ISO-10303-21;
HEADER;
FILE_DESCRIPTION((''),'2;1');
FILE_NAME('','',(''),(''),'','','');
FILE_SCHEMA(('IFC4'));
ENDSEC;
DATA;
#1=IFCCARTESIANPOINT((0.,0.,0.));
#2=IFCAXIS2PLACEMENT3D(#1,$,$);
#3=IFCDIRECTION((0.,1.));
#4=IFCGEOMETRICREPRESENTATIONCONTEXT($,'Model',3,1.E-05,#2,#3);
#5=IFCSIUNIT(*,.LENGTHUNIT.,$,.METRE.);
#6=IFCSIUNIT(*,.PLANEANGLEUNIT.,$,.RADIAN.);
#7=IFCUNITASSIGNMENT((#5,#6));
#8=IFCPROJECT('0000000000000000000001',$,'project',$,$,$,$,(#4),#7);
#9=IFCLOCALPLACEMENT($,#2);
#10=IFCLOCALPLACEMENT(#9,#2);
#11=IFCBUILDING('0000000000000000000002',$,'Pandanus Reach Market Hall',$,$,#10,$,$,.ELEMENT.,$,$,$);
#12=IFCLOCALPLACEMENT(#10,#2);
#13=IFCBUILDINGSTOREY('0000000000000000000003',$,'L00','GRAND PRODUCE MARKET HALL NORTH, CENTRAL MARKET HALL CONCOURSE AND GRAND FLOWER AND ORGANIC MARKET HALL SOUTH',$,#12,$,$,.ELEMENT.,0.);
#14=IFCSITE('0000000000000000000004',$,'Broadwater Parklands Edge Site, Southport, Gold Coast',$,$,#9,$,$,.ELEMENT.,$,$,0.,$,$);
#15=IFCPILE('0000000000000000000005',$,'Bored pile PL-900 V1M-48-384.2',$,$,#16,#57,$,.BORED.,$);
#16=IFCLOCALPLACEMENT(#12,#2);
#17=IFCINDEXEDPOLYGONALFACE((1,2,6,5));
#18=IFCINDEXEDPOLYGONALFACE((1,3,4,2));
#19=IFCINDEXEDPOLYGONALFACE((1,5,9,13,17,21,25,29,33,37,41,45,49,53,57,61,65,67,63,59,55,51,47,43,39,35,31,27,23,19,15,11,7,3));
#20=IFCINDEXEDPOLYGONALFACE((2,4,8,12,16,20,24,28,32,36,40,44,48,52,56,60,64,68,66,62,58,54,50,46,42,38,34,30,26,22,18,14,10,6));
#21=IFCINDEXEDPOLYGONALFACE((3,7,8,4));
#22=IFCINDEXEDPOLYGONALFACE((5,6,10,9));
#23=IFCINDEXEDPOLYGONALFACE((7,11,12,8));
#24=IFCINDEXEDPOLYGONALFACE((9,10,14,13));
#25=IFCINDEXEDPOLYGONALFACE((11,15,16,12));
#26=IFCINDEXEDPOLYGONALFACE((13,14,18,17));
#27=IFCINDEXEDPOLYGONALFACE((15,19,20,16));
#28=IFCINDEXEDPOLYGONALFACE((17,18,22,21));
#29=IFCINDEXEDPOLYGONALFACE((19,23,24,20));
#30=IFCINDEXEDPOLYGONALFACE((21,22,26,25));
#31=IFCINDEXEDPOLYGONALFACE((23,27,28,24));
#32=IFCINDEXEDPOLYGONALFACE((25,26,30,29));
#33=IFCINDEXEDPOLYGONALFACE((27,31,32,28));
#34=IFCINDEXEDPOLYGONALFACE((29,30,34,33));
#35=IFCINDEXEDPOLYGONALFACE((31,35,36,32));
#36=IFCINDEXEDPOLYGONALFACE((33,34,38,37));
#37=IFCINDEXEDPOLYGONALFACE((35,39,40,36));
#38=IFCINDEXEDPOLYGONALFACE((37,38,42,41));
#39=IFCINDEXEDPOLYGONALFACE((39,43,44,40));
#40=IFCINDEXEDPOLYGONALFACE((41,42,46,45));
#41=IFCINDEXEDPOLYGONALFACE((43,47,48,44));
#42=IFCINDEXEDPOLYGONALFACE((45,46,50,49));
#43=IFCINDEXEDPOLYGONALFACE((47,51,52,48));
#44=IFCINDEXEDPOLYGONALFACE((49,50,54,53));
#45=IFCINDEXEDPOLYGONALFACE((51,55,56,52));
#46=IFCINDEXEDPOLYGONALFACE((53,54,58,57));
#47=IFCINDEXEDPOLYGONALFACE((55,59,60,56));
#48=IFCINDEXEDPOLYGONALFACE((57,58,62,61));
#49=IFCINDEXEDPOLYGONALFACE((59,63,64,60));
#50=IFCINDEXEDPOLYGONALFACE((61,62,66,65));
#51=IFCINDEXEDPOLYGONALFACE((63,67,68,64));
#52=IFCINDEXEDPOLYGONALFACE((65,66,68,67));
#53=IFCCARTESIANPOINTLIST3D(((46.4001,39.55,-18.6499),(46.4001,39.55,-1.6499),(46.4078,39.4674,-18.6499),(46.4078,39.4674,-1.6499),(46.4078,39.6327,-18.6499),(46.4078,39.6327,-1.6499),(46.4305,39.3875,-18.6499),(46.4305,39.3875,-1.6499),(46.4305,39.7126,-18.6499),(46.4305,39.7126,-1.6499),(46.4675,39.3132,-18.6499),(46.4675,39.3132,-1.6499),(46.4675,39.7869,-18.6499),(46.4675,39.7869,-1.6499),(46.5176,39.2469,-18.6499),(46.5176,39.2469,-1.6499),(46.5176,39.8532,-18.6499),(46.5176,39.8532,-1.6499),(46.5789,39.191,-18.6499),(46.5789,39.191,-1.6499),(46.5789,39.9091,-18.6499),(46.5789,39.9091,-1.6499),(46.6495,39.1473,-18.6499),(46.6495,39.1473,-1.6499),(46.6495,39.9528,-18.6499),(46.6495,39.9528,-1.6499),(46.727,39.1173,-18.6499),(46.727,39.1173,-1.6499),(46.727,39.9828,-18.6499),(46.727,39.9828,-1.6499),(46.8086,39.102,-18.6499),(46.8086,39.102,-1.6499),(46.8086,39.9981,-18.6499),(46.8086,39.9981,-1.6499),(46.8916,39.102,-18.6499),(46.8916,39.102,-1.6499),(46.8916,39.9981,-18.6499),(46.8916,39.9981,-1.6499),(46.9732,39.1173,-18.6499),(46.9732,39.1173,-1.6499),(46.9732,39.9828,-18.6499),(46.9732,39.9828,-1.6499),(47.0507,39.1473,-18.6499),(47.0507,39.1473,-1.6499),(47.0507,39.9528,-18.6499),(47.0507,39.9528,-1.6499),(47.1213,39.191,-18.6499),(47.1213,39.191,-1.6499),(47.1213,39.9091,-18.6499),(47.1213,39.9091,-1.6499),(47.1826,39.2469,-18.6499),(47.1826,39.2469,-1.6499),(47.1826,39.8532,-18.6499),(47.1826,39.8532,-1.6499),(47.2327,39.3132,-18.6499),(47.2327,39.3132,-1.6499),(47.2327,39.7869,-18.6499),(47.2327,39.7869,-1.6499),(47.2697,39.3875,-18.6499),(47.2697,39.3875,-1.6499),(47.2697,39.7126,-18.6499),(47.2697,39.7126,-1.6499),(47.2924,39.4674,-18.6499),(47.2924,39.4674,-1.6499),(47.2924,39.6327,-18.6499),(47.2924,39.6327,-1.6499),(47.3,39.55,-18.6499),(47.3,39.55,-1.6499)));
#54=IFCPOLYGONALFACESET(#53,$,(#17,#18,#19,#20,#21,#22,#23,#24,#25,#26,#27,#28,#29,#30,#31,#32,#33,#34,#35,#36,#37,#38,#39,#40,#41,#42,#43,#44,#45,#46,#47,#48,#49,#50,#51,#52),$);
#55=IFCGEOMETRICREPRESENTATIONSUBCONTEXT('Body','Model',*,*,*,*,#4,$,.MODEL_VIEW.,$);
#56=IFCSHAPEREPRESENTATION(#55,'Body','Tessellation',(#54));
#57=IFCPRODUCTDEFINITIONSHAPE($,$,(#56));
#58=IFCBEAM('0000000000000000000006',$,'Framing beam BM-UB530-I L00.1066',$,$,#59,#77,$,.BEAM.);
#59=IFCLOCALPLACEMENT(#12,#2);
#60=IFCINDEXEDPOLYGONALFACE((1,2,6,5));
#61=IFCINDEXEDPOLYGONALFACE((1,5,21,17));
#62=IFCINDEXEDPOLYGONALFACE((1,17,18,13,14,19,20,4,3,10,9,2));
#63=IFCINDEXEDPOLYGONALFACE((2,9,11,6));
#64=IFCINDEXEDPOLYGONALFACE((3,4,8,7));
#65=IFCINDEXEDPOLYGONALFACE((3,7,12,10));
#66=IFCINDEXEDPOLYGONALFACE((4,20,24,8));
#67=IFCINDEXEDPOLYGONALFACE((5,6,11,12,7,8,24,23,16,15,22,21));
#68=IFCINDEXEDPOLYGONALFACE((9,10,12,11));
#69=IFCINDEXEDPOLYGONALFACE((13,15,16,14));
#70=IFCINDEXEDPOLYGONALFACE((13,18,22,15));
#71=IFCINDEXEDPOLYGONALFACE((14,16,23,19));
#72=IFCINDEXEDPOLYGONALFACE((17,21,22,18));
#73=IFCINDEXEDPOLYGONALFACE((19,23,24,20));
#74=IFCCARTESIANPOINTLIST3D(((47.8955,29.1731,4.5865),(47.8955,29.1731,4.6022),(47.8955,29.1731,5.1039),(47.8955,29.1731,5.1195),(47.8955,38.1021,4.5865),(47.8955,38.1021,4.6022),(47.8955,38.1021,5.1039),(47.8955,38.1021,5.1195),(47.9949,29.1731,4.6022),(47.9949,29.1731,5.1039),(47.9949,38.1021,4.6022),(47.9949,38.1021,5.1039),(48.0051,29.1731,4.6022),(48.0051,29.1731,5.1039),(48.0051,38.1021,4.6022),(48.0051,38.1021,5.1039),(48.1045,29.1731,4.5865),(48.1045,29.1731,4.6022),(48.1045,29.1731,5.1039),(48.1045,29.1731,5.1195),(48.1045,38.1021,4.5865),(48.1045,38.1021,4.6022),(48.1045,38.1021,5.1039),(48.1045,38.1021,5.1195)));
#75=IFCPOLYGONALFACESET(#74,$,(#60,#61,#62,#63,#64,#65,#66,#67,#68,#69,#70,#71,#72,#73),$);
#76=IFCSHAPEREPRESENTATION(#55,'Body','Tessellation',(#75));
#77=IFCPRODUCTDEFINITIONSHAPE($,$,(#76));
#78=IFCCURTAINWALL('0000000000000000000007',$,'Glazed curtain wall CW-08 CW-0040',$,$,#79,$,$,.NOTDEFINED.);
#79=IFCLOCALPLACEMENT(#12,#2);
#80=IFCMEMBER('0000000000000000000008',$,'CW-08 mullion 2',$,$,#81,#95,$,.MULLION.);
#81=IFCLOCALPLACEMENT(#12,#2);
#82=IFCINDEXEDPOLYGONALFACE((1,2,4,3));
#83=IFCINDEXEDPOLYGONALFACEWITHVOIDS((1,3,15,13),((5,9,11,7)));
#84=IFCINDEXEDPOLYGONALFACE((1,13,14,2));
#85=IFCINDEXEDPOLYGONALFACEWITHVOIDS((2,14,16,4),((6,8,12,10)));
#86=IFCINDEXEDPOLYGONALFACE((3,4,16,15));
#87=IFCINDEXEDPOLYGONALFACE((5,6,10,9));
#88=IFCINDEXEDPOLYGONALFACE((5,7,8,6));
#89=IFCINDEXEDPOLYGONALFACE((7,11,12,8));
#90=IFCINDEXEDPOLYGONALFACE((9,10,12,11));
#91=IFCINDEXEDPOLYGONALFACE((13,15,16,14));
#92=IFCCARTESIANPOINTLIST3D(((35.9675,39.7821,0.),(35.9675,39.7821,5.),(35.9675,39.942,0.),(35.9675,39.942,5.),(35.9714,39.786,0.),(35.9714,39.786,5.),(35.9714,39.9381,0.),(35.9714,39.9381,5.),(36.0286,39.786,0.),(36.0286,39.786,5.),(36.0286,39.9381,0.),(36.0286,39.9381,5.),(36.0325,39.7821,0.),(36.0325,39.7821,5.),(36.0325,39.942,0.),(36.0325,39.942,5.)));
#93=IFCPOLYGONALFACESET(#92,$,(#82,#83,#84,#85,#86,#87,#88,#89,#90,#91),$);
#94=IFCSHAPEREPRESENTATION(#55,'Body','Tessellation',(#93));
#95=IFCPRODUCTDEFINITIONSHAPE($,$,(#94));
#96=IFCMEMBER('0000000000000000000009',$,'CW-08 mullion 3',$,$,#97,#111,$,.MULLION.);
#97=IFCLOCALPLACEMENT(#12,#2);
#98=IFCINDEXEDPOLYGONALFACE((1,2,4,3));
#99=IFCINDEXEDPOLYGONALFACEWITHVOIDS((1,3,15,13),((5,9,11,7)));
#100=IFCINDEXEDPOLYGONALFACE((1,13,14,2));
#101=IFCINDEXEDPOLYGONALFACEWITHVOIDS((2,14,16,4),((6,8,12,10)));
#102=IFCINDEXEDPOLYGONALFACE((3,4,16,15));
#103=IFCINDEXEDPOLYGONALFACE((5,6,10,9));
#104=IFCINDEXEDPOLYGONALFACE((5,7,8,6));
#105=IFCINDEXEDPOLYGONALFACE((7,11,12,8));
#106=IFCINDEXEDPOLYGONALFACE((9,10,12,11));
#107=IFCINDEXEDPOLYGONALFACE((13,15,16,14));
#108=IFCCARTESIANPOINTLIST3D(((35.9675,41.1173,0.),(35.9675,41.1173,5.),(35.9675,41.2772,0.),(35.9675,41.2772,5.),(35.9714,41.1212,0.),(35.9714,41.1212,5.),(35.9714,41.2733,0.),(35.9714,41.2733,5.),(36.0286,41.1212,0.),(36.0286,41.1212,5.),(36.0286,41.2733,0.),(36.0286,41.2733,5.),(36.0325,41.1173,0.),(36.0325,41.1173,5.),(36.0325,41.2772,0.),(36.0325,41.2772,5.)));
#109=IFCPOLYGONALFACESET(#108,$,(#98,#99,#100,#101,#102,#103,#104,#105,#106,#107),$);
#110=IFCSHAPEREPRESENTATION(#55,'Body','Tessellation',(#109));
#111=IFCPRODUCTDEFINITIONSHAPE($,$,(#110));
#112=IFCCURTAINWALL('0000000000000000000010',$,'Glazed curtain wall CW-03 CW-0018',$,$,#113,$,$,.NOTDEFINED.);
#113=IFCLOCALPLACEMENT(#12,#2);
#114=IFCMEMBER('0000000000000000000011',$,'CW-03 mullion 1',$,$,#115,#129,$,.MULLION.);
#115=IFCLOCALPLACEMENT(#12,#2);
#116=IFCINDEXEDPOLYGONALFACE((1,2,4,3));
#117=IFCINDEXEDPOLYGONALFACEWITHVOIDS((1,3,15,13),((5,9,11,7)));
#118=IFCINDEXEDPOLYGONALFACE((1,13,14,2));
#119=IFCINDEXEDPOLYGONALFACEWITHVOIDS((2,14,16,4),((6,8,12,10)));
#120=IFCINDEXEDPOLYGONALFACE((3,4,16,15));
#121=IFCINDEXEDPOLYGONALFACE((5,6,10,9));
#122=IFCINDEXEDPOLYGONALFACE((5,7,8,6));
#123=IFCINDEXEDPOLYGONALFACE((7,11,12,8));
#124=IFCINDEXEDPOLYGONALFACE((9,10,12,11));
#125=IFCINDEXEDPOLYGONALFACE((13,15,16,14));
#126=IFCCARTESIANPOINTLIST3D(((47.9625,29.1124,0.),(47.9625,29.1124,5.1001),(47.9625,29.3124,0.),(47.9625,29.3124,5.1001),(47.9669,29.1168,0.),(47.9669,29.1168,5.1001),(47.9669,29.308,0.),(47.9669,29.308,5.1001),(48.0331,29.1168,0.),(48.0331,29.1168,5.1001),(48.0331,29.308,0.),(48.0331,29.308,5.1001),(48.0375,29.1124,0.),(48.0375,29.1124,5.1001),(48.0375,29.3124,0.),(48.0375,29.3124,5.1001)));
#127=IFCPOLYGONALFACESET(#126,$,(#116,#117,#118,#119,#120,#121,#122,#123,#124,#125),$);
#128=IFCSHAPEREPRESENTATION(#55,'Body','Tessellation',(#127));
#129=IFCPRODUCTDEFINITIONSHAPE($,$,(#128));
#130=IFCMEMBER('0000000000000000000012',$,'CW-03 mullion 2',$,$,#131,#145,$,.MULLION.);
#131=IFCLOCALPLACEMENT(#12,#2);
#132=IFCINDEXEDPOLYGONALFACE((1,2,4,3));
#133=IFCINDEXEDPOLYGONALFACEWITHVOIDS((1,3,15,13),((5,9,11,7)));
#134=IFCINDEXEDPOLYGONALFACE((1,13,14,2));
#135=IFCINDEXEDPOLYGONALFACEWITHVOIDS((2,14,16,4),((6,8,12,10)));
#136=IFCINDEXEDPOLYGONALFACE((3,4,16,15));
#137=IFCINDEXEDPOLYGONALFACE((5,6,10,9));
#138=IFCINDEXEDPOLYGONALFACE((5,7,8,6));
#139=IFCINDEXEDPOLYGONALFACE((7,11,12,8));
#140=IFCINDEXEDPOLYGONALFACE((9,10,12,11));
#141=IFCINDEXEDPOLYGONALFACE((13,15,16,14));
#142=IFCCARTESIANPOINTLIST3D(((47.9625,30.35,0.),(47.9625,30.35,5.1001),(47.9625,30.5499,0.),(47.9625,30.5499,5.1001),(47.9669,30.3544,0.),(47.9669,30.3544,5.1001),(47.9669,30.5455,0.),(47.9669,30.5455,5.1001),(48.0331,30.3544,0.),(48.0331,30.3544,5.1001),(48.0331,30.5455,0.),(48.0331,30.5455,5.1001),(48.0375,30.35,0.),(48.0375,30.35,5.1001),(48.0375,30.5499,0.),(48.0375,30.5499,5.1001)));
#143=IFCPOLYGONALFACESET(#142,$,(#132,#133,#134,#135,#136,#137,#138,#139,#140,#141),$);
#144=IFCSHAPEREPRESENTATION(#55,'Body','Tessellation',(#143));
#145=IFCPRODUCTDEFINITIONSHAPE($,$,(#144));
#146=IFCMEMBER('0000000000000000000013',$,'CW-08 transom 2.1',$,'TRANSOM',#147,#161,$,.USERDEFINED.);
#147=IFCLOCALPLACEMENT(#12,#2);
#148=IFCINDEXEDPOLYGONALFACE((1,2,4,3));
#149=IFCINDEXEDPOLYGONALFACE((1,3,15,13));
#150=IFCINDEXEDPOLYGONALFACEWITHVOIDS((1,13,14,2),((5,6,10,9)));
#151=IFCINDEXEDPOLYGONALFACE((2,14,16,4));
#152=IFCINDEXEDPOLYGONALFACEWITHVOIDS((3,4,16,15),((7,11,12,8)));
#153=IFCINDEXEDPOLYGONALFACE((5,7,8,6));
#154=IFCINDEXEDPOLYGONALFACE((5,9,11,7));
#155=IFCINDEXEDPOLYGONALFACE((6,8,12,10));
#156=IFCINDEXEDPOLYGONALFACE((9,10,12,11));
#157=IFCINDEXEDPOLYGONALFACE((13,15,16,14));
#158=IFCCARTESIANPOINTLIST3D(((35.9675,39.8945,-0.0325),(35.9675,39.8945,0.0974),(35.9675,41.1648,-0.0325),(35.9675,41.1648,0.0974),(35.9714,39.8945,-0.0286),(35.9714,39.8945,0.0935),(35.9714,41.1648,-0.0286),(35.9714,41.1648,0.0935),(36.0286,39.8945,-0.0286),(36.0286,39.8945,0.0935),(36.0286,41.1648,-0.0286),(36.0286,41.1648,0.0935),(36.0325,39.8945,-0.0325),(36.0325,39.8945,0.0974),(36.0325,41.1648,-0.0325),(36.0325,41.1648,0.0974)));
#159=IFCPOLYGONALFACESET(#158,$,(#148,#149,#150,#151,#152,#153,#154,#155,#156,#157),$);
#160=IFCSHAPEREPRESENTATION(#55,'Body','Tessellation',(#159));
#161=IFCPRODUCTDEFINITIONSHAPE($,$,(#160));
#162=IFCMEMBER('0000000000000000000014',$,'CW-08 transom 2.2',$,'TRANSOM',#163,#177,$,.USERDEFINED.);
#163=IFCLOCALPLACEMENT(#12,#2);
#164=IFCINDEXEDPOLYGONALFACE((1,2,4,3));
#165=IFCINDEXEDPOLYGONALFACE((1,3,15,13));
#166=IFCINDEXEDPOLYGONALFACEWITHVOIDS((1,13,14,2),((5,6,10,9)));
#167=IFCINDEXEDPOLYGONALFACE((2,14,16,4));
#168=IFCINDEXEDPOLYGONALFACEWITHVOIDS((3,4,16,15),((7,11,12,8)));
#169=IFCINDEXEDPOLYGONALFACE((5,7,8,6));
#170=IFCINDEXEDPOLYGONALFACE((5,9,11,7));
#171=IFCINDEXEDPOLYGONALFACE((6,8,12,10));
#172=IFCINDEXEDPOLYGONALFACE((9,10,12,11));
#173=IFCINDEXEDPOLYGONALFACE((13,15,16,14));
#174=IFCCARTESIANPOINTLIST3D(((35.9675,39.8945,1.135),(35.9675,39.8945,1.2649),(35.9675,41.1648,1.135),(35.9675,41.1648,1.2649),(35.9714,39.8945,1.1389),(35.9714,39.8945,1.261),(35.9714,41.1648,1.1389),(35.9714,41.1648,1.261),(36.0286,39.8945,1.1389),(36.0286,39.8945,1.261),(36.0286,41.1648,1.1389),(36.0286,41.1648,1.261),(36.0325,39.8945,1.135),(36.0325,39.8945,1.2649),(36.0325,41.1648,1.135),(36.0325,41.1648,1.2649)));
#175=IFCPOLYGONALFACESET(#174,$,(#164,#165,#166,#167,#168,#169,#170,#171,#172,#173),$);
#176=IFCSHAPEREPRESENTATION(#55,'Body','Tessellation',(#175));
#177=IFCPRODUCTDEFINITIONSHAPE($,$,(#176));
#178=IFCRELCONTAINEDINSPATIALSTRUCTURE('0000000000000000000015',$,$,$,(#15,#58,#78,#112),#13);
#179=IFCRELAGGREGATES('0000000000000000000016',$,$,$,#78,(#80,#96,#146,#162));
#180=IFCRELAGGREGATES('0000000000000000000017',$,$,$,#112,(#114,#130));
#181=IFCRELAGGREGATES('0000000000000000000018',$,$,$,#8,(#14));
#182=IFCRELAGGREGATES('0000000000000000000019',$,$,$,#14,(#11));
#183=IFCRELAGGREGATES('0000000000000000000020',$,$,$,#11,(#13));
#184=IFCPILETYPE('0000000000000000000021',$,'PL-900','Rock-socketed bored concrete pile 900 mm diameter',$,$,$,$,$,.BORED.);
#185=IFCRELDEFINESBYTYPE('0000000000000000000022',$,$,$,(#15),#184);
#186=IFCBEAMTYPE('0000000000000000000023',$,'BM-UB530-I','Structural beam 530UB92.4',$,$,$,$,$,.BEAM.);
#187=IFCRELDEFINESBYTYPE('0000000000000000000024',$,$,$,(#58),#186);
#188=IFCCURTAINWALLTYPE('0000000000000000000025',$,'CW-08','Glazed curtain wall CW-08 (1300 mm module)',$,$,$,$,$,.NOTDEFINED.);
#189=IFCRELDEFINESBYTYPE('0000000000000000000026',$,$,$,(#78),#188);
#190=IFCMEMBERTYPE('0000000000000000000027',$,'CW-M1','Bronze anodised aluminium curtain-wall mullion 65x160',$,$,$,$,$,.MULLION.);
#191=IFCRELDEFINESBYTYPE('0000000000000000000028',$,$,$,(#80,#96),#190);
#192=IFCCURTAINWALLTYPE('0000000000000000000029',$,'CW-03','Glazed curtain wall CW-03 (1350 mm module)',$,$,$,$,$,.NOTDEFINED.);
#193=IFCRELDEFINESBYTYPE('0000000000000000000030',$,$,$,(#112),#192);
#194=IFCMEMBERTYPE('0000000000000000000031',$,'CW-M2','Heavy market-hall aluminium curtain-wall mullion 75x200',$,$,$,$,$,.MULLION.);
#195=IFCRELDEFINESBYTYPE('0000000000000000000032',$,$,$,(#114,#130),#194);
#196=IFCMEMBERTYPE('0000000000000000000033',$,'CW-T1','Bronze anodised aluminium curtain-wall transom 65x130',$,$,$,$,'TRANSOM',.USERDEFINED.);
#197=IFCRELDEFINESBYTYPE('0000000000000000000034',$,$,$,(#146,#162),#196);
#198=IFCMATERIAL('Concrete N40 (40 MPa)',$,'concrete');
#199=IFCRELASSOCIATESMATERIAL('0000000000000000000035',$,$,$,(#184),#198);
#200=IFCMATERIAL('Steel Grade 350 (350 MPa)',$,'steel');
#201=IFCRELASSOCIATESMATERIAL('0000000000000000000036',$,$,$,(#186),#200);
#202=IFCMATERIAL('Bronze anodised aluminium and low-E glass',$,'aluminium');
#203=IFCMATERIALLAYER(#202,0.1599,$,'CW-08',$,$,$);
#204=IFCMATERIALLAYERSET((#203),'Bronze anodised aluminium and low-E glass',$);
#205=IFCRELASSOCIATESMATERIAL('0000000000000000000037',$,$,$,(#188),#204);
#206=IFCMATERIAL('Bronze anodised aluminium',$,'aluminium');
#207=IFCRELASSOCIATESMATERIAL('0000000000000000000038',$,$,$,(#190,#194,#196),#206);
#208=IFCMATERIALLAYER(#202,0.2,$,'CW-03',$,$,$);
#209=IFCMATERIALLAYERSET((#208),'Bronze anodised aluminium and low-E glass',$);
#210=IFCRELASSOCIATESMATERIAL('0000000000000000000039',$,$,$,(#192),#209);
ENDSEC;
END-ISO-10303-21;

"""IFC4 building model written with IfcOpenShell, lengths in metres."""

from ifc_helpers import new_model, si_unit, direction, frame, origin, origin_2d, place, context, subcontext, project, spatial, hollow_rectangle, circle, i_section, extrude, material, layer, layer_set, material_profile, profile_set, type_object, element, aggregate, save


model = new_model("IFC4")

# Units and contexts
model_context = context("Model", 3, precision=1e-05, world=origin(), true_north=direction((0.0, 1.0)))
body_context = subcontext(model_context, "Body", "Model", "MODEL_VIEW")
ifc_project = project(units=[si_unit("LENGTHUNIT", "METRE"), si_unit("PLANEANGLEUNIT", "RADIAN")], contexts=[model_context])

# Site, building, storey
site_placement = place(None, origin())
site = spatial("IfcSite", under=ifc_project, at=site_placement, Name="Broadwater Parklands Edge Site, Southport, Gold Coast", CompositionType="ELEMENT", RefElevation=0.0)
building_placement = place(site_placement, origin())
building = spatial("IfcBuilding", under=site, at=building_placement, Name="Pandanus Reach Market Hall", CompositionType="ELEMENT")
storey_placement = place(building_placement, origin())
storey = spatial("IfcBuildingStorey", under=building, at=storey_placement, Name="L00", Description="GRAND PRODUCE MARKET HALL NORTH, CENTRAL MARKET HALL CONCOURSE AND GRAND FLOWER AND ORGANIC MARKET HALL SOUTH", CompositionType="ELEMENT", Elevation=0.0)

# Pile
ifc_material_1 = material(Name="Concrete N40 (40 MPa)", Category="concrete")
ifc_material_profile_1 = material_profile(ifc_material_1, circle(Radius=0.45, at=origin_2d()), Name="PILE-900D", Category="LoadBearing")
ifc_profile_set_1 = profile_set([ifc_material_profile_1], Name="Concrete N40 (40 MPa)")
pile_type_1 = type_object("IfcPileType", Name="PL-900", Description="Rock-socketed bored concrete pile 900 mm diameter", PredefinedType="BORED", material=ifc_profile_set_1)
for number, where, z_axis, x_axis, name in (
    (1, (46.8501, 39.55, -1.6499), (0.0, 0.0, -1.0), (1.0, 0.0, 0.0), "Bored pile PL-900 V1M-48-384.2"),
):
    element("IfcPile", number, at=place(storey_placement, frame(where, z_axis=z_axis, x_axis=x_axis)), inside=storey, type_object=pile_type_1, Name=name, PredefinedType="BORED", context=body_context, shape_type="SweptSolid", body=[
        extrude(circle(Radius=0.45, at=origin_2d()), origin(), (0.0, 0.0, 1.0), 17.0),
    ])

# Beam
ifc_material_2 = material(Name="Steel Grade 350 (350 MPa)", Category="steel")
ifc_material_profile_2 = material_profile(ifc_material_2, i_section(OverallWidth=0.209, OverallDepth=0.533, WebThickness=0.0103, FlangeThickness=0.0156, at=origin_2d()), Name="530UB92.4", Category="LoadBearing")
ifc_profile_set_2 = profile_set([ifc_material_profile_2], Name="Steel Grade 350 (350 MPa)")
beam_type = type_object("IfcBeamType", Name="BM-UB530-I", Description="Structural beam 530UB92.4", PredefinedType="BEAM", material=ifc_profile_set_2)
beam_placement = place(storey_placement, frame((48.0, 29.1731, 4.853), z_axis=(0.0, 1.0, 0.0), x_axis=(-1.0, 0.0, 0.0)))
element("IfcBeam", 2, at=beam_placement, inside=storey, type_object=beam_type, Name="Framing beam BM-UB530-I L00.1066", PredefinedType="BEAM", context=body_context, shape_type="SweptSolid", body=[
    extrude(i_section(OverallWidth=0.209, OverallDepth=0.533, WebThickness=0.0103, FlangeThickness=0.0156, at=origin_2d()), origin(), (0.0, 0.0, 1.0), 8.929),
])

# Curtain walls, members
ifc_material_3 = material(Name="Bronze anodised aluminium and low-E glass", Category="aluminium")
ifc_layer_1 = layer(ifc_material_3, 0.1599, Name="CW-08")
ifc_layer_set_1 = layer_set([ifc_layer_1], Name="Bronze anodised aluminium and low-E glass")
curtain_wall_type_1 = type_object("IfcCurtainWallType", Name="CW-08", Description="Glazed curtain wall CW-08 (1300 mm module)", PredefinedType="NOTDEFINED", material=ifc_layer_set_1)
curtain_wall_1_placement = place(storey_placement, origin())
curtain_wall_1 = element("IfcCurtainWall", 3, at=curtain_wall_1_placement, inside=storey, type_object=curtain_wall_type_1, Name="Glazed curtain wall CW-08 CW-0040", PredefinedType="NOTDEFINED")
ifc_material_4 = material(Name="Bronze anodised aluminium", Category="aluminium")
ifc_material_profile_3 = material_profile(ifc_material_4, hollow_rectangle(XDim=0.0649, YDim=0.1599, WallThickness=0.0039, at=origin_2d()), Name="ALU65x160", Category="LoadBearing")
ifc_profile_set_3 = profile_set([ifc_material_profile_3], Name="Bronze anodised aluminium")
member_type_1 = type_object("IfcMemberType", Name="CW-M1", Description="Bronze anodised aluminium curtain-wall mullion 65x160", PredefinedType="MULLION", material=ifc_profile_set_3)
member_1_placement = place(storey_placement, frame((36.0, 39.8621, 0.0), z_axis=(0.0, 0.0, 1.0), x_axis=(-1.0, 0.0, 0.0)))
member_1 = element("IfcMember", 4, at=member_1_placement, type_object=member_type_1, Name="CW-08 mullion 2", PredefinedType="MULLION", context=body_context, shape_type="SweptSolid", body=[
    extrude(hollow_rectangle(XDim=0.0649, YDim=0.1599, WallThickness=0.0039, at=origin_2d()), origin(), (0.0, 0.0, 1.0), 5.0),
])
member_2_placement = place(storey_placement, frame((36.0, 41.1973, 0.0), z_axis=(0.0, 0.0, 1.0), x_axis=(-1.0, 0.0, 0.0)))
member_2 = element("IfcMember", 5, at=member_2_placement, type_object=member_type_1, Name="CW-08 mullion 3", PredefinedType="MULLION", context=body_context, shape_type="SweptSolid", body=[
    extrude(hollow_rectangle(XDim=0.0649, YDim=0.1599, WallThickness=0.0039, at=origin_2d()), origin(), (0.0, 0.0, 1.0), 5.0),
])
ifc_layer_2 = layer(ifc_material_3, 0.2, Name="CW-03")
ifc_layer_set_2 = layer_set([ifc_layer_2], Name="Bronze anodised aluminium and low-E glass")
curtain_wall_type_2 = type_object("IfcCurtainWallType", Name="CW-03", Description="Glazed curtain wall CW-03 (1350 mm module)", PredefinedType="NOTDEFINED", material=ifc_layer_set_2)
curtain_wall_2_placement = place(storey_placement, origin())
curtain_wall_2 = element("IfcCurtainWall", 6, at=curtain_wall_2_placement, inside=storey, type_object=curtain_wall_type_2, Name="Glazed curtain wall CW-03 CW-0018", PredefinedType="NOTDEFINED")
ifc_material_profile_4 = material_profile(ifc_material_4, hollow_rectangle(XDim=0.075, YDim=0.2, WallThickness=0.0044, at=origin_2d()), Name="ALU75x200", Category="LoadBearing")
ifc_profile_set_4 = profile_set([ifc_material_profile_4], Name="Bronze anodised aluminium")
member_type_2 = type_object("IfcMemberType", Name="CW-M2", Description="Heavy market-hall aluminium curtain-wall mullion 75x200", PredefinedType="MULLION", material=ifc_profile_set_4)
member_3_placement = place(storey_placement, frame((48.0, 29.2124, 0.0), z_axis=(0.0, 0.0, 1.0), x_axis=(-1.0, 0.0, 0.0)))
member_3 = element("IfcMember", 7, at=member_3_placement, type_object=member_type_2, Name="CW-03 mullion 1", PredefinedType="MULLION", context=body_context, shape_type="SweptSolid", body=[
    extrude(hollow_rectangle(XDim=0.075, YDim=0.2, WallThickness=0.0044, at=origin_2d()), origin(), (0.0, 0.0, 1.0), 5.1001),
])
member_4_placement = place(storey_placement, frame((48.0, 30.45, 0.0), z_axis=(0.0, 0.0, 1.0), x_axis=(-1.0, 0.0, 0.0)))
member_4 = element("IfcMember", 8, at=member_4_placement, type_object=member_type_2, Name="CW-03 mullion 2", PredefinedType="MULLION", context=body_context, shape_type="SweptSolid", body=[
    extrude(hollow_rectangle(XDim=0.075, YDim=0.2, WallThickness=0.0044, at=origin_2d()), origin(), (0.0, 0.0, 1.0), 5.1001),
])

# Members
ifc_material_profile_5 = material_profile(ifc_material_4, hollow_rectangle(XDim=0.0649, YDim=0.1299, WallThickness=0.0039, at=origin_2d()), Name="ALU65x130", Category="LoadBearing")
ifc_profile_set_5 = profile_set([ifc_material_profile_5], Name="Bronze anodised aluminium")
member_type_3 = type_object("IfcMemberType", Name="CW-T1", Description="Bronze anodised aluminium curtain-wall transom 65x130", ElementType="TRANSOM", PredefinedType="USERDEFINED", material=ifc_profile_set_5)
member_5_placement = place(storey_placement, frame((36.0, 39.8945, 0.0325), z_axis=(0.0, 1.0, 0.0), x_axis=(-1.0, 0.0, 0.0)))
member_5 = element("IfcMember", 9, at=member_5_placement, type_object=member_type_3, Name="CW-08 transom 2.1", ObjectType="TRANSOM", PredefinedType="USERDEFINED", context=body_context, shape_type="SweptSolid", body=[
    extrude(hollow_rectangle(XDim=0.0649, YDim=0.1299, WallThickness=0.0039, at=origin_2d()), origin(), (0.0, 0.0, 1.0), 1.2703),
])
member_6_placement = place(storey_placement, frame((36.0, 39.8945, 1.2), z_axis=(0.0, 1.0, 0.0), x_axis=(-1.0, 0.0, 0.0)))
member_6 = element("IfcMember", 10, at=member_6_placement, type_object=member_type_3, Name="CW-08 transom 2.2", ObjectType="TRANSOM", PredefinedType="USERDEFINED", context=body_context, shape_type="SweptSolid", body=[
    extrude(hollow_rectangle(XDim=0.0649, YDim=0.1299, WallThickness=0.0039, at=origin_2d()), origin(), (0.0, 0.0, 1.0), 1.2703),
])

aggregate(curtain_wall_1, [member_1, member_2, member_5, member_6])
aggregate(curtain_wall_2, [member_3, member_4])

save(model, "model.ifc")
